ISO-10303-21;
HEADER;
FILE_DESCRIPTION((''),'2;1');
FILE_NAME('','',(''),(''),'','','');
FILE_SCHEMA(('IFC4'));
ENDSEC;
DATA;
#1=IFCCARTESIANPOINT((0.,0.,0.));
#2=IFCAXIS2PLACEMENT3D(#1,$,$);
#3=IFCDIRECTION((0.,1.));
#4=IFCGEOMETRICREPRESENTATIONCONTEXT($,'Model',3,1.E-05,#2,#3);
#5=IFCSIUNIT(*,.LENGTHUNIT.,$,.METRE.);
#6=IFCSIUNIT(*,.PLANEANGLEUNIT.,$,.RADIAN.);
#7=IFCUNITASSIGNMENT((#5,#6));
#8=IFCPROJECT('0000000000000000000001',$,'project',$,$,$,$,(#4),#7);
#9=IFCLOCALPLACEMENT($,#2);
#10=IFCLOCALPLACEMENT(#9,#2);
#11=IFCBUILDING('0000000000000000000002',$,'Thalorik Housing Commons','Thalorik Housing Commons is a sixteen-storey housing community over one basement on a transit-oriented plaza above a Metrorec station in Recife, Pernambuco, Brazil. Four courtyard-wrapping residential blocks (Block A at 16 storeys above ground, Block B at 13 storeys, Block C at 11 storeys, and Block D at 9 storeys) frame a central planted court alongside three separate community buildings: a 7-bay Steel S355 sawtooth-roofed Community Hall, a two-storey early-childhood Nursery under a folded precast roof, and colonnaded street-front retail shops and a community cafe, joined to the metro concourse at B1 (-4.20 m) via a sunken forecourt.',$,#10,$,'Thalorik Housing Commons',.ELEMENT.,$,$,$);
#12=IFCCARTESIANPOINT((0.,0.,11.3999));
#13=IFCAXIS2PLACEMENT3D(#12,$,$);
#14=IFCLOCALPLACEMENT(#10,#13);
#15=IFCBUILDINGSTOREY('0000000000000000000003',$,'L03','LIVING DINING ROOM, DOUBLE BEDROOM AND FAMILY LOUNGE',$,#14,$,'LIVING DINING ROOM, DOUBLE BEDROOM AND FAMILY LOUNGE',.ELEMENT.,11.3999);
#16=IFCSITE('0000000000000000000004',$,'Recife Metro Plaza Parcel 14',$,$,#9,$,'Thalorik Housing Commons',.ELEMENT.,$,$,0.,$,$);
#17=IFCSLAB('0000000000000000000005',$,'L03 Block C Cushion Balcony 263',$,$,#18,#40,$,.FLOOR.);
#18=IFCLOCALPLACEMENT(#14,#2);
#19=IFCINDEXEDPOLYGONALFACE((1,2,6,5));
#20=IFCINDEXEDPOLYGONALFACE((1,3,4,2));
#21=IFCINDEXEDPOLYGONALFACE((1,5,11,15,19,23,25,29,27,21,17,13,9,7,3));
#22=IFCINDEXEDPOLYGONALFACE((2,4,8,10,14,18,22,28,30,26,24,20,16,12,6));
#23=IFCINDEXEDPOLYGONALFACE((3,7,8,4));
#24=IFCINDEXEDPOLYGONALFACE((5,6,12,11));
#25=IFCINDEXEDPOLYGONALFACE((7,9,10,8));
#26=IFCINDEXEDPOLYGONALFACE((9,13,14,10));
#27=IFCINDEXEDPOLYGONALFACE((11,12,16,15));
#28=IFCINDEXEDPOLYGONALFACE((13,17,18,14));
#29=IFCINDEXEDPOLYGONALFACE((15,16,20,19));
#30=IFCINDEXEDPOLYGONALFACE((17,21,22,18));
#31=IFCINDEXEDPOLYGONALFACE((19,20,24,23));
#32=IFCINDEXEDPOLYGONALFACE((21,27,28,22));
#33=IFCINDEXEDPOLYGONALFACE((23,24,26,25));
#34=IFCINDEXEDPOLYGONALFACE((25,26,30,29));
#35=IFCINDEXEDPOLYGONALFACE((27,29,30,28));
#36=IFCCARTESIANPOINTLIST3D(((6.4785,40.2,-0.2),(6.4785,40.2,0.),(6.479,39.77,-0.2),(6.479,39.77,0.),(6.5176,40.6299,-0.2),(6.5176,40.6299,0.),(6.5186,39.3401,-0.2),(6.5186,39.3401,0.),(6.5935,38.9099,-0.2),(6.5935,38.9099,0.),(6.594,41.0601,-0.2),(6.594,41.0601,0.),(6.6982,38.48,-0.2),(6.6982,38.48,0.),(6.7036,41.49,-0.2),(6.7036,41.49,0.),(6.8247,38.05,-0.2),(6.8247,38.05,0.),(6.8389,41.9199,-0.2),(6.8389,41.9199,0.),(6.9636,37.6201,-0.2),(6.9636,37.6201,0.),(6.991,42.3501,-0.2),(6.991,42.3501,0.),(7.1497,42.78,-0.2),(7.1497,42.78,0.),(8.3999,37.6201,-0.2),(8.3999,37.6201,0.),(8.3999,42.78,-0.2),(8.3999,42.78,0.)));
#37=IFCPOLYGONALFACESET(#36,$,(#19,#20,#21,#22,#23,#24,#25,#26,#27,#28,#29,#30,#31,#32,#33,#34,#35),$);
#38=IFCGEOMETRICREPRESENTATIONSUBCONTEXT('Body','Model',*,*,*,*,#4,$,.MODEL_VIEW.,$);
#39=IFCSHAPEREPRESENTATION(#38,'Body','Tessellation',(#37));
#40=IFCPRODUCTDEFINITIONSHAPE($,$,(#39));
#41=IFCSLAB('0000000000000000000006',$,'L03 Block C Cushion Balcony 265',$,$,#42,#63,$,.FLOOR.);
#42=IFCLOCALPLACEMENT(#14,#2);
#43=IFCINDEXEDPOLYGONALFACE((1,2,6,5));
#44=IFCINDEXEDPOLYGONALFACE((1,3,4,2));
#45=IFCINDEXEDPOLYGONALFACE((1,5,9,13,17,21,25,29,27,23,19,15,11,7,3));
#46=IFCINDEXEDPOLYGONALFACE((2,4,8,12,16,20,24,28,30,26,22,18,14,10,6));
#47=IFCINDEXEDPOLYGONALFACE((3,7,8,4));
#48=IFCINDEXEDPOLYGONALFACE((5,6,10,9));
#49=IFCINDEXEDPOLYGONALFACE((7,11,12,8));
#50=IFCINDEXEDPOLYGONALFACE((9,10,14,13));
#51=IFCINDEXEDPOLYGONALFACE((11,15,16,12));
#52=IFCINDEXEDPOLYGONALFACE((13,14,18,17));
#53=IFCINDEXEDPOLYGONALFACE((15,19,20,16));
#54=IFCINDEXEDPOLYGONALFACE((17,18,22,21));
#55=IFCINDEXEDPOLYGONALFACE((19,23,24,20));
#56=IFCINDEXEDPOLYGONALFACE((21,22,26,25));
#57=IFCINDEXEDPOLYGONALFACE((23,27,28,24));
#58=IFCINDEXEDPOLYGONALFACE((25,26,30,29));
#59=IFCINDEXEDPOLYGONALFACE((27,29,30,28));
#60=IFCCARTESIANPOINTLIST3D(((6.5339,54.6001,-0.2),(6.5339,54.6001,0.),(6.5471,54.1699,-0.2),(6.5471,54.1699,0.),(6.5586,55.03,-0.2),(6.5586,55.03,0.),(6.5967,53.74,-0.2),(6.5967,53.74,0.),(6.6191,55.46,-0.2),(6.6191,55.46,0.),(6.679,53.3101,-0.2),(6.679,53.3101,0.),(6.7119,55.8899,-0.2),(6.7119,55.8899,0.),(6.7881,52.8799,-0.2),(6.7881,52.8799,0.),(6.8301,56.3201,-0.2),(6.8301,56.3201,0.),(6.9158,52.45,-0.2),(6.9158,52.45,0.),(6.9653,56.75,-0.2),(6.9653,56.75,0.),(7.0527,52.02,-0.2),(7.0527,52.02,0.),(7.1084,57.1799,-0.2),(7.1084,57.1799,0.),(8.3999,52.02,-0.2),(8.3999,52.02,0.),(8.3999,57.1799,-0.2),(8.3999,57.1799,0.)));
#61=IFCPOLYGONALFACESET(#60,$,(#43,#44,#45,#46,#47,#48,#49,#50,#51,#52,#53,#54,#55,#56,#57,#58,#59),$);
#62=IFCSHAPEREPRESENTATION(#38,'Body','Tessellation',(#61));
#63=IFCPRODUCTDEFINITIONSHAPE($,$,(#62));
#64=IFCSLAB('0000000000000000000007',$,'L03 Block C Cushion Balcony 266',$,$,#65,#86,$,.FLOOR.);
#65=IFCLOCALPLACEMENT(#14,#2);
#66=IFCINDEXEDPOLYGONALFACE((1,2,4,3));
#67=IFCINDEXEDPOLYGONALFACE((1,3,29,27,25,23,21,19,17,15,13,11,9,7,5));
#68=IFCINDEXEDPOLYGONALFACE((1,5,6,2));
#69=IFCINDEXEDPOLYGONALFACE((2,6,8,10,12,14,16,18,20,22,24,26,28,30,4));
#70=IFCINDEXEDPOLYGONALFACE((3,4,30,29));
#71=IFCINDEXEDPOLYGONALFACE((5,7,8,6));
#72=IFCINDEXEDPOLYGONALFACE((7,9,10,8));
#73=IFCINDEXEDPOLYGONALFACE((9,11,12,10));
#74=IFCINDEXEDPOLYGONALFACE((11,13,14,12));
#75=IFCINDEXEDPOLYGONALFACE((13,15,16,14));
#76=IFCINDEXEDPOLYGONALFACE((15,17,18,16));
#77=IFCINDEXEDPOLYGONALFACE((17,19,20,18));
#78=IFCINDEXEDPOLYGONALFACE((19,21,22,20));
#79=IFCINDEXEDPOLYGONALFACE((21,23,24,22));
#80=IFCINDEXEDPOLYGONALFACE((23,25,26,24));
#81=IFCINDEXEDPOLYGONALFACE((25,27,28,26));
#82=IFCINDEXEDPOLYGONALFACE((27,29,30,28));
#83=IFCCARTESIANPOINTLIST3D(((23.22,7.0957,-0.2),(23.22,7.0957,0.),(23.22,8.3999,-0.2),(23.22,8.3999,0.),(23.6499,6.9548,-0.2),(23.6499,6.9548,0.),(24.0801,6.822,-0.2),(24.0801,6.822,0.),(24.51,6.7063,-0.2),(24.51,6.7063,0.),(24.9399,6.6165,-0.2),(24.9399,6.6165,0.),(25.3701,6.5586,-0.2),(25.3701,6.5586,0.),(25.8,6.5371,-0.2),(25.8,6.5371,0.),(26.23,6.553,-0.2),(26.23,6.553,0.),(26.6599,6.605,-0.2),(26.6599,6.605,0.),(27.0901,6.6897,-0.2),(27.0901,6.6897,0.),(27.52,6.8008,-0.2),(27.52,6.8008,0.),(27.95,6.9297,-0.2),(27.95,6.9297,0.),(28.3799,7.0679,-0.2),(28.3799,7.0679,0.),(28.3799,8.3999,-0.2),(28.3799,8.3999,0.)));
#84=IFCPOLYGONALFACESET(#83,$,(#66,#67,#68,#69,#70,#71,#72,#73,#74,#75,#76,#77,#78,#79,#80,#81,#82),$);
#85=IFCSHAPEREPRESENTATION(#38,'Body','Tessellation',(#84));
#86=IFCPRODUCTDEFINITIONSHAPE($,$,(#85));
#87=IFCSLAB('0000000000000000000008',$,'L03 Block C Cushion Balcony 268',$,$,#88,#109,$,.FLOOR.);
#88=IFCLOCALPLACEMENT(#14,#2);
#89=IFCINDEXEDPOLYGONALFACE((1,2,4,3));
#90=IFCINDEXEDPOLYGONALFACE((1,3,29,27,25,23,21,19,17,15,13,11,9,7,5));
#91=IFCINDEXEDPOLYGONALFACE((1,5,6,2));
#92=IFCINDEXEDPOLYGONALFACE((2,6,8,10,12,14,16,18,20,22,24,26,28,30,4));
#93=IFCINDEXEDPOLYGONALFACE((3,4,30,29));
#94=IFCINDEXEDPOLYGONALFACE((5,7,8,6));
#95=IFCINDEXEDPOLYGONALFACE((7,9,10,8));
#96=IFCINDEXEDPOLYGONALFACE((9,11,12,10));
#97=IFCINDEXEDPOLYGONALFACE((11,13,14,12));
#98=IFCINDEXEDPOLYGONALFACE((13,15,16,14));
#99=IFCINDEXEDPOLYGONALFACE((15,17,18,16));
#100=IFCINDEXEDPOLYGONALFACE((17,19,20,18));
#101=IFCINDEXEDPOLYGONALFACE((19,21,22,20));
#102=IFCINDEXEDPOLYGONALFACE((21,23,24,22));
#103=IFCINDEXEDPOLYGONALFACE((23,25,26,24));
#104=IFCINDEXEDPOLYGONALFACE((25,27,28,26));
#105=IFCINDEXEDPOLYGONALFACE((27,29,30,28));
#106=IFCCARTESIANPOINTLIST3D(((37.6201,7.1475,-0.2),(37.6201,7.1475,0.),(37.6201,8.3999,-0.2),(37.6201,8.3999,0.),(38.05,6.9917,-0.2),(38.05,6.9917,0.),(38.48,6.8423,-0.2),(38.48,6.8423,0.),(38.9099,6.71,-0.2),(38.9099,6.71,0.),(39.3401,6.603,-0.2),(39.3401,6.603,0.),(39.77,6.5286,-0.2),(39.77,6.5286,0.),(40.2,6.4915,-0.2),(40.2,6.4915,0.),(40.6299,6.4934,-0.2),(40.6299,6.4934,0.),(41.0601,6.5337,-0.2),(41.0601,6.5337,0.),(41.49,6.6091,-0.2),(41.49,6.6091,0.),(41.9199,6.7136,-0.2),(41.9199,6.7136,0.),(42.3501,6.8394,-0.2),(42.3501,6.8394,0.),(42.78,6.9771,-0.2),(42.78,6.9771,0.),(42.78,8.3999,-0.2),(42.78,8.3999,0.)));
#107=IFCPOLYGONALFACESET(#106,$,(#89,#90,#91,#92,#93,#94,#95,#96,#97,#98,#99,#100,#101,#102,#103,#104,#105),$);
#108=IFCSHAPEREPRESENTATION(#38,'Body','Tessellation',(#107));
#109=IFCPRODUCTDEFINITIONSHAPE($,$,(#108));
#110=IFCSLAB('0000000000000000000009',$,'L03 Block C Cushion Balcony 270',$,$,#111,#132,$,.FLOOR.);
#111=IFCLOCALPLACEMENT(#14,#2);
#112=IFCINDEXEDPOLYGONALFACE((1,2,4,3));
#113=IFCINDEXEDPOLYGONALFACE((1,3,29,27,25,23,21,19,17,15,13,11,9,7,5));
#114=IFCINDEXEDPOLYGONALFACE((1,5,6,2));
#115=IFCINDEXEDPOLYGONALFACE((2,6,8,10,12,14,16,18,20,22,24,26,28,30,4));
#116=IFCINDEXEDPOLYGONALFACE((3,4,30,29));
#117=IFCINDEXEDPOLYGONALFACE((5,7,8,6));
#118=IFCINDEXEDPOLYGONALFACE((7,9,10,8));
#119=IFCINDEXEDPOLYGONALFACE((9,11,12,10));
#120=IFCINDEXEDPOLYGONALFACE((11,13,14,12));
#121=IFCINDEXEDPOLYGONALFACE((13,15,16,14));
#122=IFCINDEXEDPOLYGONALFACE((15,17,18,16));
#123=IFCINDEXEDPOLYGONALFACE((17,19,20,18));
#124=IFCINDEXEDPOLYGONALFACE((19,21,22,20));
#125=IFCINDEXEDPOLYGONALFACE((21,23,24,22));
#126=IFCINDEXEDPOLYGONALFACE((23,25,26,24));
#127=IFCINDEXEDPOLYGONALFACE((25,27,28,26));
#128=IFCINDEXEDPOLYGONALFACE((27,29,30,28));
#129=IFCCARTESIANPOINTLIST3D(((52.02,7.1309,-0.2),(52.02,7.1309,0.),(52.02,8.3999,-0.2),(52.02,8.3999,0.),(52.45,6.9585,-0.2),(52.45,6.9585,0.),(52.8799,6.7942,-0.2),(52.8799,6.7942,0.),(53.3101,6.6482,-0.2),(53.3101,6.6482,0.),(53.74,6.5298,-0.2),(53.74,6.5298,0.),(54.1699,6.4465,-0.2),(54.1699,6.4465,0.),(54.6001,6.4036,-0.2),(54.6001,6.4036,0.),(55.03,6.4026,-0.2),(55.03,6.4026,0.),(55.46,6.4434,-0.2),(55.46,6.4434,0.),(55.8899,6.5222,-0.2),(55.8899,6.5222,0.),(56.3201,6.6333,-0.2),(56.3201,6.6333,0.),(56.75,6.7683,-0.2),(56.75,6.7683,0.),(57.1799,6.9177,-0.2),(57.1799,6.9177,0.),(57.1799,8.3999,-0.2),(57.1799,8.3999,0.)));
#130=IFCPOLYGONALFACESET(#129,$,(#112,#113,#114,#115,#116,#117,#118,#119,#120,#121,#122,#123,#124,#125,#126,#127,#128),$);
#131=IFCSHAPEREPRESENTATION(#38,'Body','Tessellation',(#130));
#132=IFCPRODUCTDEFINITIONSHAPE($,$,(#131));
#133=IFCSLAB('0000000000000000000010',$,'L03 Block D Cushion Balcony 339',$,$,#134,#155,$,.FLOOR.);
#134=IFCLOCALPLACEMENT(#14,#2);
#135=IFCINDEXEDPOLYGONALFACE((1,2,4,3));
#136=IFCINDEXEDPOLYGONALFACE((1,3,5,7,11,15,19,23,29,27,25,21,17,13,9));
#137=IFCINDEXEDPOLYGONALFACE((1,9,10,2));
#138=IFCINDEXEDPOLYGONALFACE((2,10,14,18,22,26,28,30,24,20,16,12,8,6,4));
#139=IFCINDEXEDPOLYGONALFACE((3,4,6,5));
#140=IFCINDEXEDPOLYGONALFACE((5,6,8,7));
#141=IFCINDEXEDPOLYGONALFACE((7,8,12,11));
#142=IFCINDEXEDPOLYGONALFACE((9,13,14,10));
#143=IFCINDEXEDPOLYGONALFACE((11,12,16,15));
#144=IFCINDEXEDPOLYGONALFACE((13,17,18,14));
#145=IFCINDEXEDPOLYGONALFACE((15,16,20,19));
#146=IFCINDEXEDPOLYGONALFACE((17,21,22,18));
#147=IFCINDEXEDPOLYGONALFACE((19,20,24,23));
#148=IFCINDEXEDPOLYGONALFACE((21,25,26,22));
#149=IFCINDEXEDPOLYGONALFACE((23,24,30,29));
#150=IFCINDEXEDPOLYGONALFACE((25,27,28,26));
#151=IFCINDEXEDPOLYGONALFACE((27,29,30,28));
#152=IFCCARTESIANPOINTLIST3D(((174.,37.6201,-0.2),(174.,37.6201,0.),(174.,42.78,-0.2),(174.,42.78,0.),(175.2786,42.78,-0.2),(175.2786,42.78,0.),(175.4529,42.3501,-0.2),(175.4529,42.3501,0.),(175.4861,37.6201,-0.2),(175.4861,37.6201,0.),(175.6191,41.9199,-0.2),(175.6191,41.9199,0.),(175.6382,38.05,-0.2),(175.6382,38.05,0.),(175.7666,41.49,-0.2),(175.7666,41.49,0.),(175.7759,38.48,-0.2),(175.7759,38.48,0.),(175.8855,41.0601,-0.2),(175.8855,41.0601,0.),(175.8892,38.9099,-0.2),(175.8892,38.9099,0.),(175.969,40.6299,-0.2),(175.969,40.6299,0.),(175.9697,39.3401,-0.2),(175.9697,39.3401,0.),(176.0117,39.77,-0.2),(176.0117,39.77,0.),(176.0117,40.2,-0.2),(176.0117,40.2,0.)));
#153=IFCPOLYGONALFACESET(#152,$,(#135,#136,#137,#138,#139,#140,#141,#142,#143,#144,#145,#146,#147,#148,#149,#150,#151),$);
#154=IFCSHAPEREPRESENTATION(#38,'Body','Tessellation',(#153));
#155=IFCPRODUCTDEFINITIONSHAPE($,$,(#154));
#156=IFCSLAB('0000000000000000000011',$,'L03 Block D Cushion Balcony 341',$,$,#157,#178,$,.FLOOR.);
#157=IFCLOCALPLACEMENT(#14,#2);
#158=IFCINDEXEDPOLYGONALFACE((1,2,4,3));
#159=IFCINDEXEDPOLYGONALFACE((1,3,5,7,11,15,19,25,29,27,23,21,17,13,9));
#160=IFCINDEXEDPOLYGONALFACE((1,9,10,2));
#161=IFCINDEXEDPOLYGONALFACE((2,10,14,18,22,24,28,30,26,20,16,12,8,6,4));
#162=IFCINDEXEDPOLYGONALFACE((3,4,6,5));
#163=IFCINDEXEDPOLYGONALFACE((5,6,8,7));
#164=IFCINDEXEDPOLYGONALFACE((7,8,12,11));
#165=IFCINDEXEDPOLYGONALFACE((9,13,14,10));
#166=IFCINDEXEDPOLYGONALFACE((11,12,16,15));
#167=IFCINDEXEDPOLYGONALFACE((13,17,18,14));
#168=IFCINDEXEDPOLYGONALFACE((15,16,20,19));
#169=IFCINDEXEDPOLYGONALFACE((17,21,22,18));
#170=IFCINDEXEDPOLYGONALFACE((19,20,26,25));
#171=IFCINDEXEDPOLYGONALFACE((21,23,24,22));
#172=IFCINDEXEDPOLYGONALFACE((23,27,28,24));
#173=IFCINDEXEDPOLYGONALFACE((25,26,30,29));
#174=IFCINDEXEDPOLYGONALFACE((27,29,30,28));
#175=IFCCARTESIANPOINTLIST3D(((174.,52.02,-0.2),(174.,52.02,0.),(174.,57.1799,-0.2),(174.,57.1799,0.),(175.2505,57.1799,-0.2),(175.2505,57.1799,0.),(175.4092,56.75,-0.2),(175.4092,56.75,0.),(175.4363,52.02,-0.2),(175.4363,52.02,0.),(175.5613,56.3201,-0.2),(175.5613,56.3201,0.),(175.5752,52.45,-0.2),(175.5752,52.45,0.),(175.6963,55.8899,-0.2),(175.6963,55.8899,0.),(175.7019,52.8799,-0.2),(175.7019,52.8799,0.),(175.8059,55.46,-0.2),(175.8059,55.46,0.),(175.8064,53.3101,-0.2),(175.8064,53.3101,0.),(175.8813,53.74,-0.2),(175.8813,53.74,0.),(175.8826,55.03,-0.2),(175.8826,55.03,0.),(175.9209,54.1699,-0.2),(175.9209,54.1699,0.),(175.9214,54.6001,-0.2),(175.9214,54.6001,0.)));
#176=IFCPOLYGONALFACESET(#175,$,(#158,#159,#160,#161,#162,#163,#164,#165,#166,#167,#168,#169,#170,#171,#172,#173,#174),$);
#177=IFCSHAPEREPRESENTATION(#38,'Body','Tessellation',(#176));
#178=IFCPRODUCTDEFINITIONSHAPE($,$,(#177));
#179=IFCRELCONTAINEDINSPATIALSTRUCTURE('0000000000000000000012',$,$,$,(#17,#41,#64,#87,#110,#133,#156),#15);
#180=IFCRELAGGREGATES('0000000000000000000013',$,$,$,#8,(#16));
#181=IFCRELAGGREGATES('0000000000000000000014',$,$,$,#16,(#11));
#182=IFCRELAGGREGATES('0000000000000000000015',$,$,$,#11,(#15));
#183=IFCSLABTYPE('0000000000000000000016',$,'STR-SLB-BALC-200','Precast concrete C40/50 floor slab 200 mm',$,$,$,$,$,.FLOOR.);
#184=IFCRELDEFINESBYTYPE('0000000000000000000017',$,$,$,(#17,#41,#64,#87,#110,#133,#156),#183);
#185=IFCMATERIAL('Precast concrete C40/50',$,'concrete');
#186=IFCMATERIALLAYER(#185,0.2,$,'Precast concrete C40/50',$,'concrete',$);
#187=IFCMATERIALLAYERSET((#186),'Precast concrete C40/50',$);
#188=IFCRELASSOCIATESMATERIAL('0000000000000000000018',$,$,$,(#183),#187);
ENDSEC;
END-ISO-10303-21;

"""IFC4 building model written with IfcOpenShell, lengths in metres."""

from ifc_helpers import new_model, si_unit, direction, frame, origin, place, context, subcontext, project, spatial, polyline, outline, extrude, material, layer, layer_set, type_object, element, save


model = new_model("IFC4")

# Units and contexts
model_context = context("Model", 3, precision=1e-05, world=origin(), true_north=direction((0.0, 1.0)))
body_context = subcontext(model_context, "Body", "Model", "MODEL_VIEW")
ifc_project = project(units=[si_unit("LENGTHUNIT", "METRE"), si_unit("PLANEANGLEUNIT", "RADIAN")], contexts=[model_context])

# Site, building, storey
site_placement = place(None, origin())
site = spatial("IfcSite", under=ifc_project, at=site_placement, Name="Recife Metro Plaza Parcel 14", LongName="Thalorik Housing Commons", CompositionType="ELEMENT", RefElevation=0.0)
building_placement = place(site_placement, origin())
building = spatial("IfcBuilding", under=site, at=building_placement, Name="Thalorik Housing Commons", Description="Thalorik Housing Commons is a sixteen-storey housing community over one basement on a transit-oriented plaza above a Metrorec station in Recife, Pernambuco, Brazil. Four courtyard-wrapping residential blocks (Block A at 16 storeys above ground, Block B at 13 storeys, Block C at 11 storeys, and Block D at 9 storeys) frame a central planted court alongside three separate community buildings: a 7-bay Steel S355 sawtooth-roofed Community Hall, a two-storey early-childhood Nursery under a folded precast roof, and colonnaded street-front retail shops and a community cafe, joined to the metro concourse at B1 (-4.20 m) via a sunken forecourt.", LongName="Thalorik Housing Commons", CompositionType="ELEMENT")
storey_placement = place(building_placement, frame((0.0, 0.0, 11.3999)))
storey = spatial("IfcBuildingStorey", under=building, at=storey_placement, Name="L03", Description="LIVING DINING ROOM, DOUBLE BEDROOM AND FAMILY LOUNGE", LongName="LIVING DINING ROOM, DOUBLE BEDROOM AND FAMILY LOUNGE", CompositionType="ELEMENT", Elevation=11.3999)

# Slabs
ifc_material_1 = material(Name="Precast concrete C40/50", Category="concrete")
ifc_layer_1 = layer(ifc_material_1, 0.2, Name="Precast concrete C40/50", Category="concrete")
ifc_layer_set_1 = layer_set([ifc_layer_1], Name="Precast concrete C40/50")
slab_type_1 = type_object("IfcSlabType", Name="STR-SLB-BALC-200", Description="Precast concrete C40/50 floor slab 200 mm", PredefinedType="FLOOR", material=ifc_layer_set_1)
slab_1_placement = place(storey_placement, frame((0.0, 0.0, -0.2)))
element("IfcSlab", 1, at=slab_1_placement, inside=storey, type_object=slab_type_1, Name="L03 Block C Cushion Balcony 263", PredefinedType="FLOOR", context=body_context, shape_type="SweptSolid", body=[
    extrude(outline(polyline([(8.3999, 37.6201), (8.3999, 42.78), (7.1497, 42.78), (6.991, 42.3501), (6.8389, 41.9199), (6.7036, 41.49), (6.594, 41.0601), (6.5176, 40.6299), (6.4785, 40.2), (6.479, 39.77), (6.5186, 39.3401), (6.5935, 38.9099), (6.6982, 38.48), (6.8247, 38.05), (6.9636, 37.6201), (8.3999, 37.6201)])), origin(), (0.0, 0.0, 1.0), 0.2),
])
slab_2_placement = place(storey_placement, frame((0.0, 0.0, -0.2)))
element("IfcSlab", 2, at=slab_2_placement, inside=storey, type_object=slab_type_1, Name="L03 Block C Cushion Balcony 265", PredefinedType="FLOOR", context=body_context, shape_type="SweptSolid", body=[
    extrude(outline(polyline([(8.3999, 52.02), (8.3999, 57.1799), (7.1084, 57.1799), (6.9653, 56.75), (6.8301, 56.3201), (6.7119, 55.8899), (6.6191, 55.46), (6.5586, 55.03), (6.5339, 54.6001), (6.5471, 54.1699), (6.5967, 53.74), (6.679, 53.3101), (6.7881, 52.8799), (6.9158, 52.45), (7.0527, 52.02), (8.3999, 52.02)])), origin(), (0.0, 0.0, 1.0), 0.2),
])
slab_3_placement = place(storey_placement, frame((0.0, 0.0, -0.2)))
element("IfcSlab", 3, at=slab_3_placement, inside=storey, type_object=slab_type_1, Name="L03 Block C Cushion Balcony 266", PredefinedType="FLOOR", context=body_context, shape_type="SweptSolid", body=[
    extrude(outline(polyline([(23.22, 7.0957), (23.6499, 6.9548), (24.0801, 6.822), (24.51, 6.7063), (24.9399, 6.6165), (25.3701, 6.5586), (25.8, 6.5371), (26.23, 6.553), (26.6599, 6.605), (27.0901, 6.6897), (27.52, 6.8008), (27.95, 6.9297), (28.3799, 7.0679), (28.3799, 8.3999), (23.22, 8.3999), (23.22, 7.0957)])), origin(), (0.0, 0.0, 1.0), 0.2),
])
slab_4_placement = place(storey_placement, frame((0.0, 0.0, -0.2)))
element("IfcSlab", 4, at=slab_4_placement, inside=storey, type_object=slab_type_1, Name="L03 Block C Cushion Balcony 268", PredefinedType="FLOOR", context=body_context, shape_type="SweptSolid", body=[
    extrude(outline(polyline([(37.6201, 7.1475), (38.05, 6.9917), (38.48, 6.8423), (38.9099, 6.71), (39.3401, 6.603), (39.77, 6.5286), (40.2, 6.4915), (40.6299, 6.4934), (41.0601, 6.5337), (41.49, 6.6091), (41.9199, 6.7136), (42.3501, 6.8394), (42.78, 6.9771), (42.78, 8.3999), (37.6201, 8.3999), (37.6201, 7.1475)])), origin(), (0.0, 0.0, 1.0), 0.2),
])
slab_5_placement = place(storey_placement, frame((0.0, 0.0, -0.2)))
element("IfcSlab", 5, at=slab_5_placement, inside=storey, type_object=slab_type_1, Name="L03 Block C Cushion Balcony 270", PredefinedType="FLOOR", context=body_context, shape_type="SweptSolid", body=[
    extrude(outline(polyline([(52.02, 7.1309), (52.45, 6.9585), (52.8799, 6.7942), (53.3101, 6.6482), (53.74, 6.5298), (54.1699, 6.4465), (54.6001, 6.4036), (55.03, 6.4026), (55.46, 6.4434), (55.8899, 6.5222), (56.3201, 6.6333), (56.75, 6.7683), (57.1799, 6.9177), (57.1799, 8.3999), (52.02, 8.3999), (52.02, 7.1309)])), origin(), (0.0, 0.0, 1.0), 0.2),
])
slab_6_placement = place(storey_placement, frame((0.0, 0.0, -0.2)))
element("IfcSlab", 6, at=slab_6_placement, inside=storey, type_object=slab_type_1, Name="L03 Block D Cushion Balcony 339", PredefinedType="FLOOR", context=body_context, shape_type="SweptSolid", body=[
    extrude(outline(polyline([(175.4861, 37.6201), (175.6382, 38.05), (175.7759, 38.48), (175.8892, 38.9099), (175.9697, 39.3401), (176.0117, 39.77), (176.0117, 40.2), (175.969, 40.6299), (175.8855, 41.0601), (175.7666, 41.49), (175.6191, 41.9199), (175.4529, 42.3501), (175.2786, 42.78), (174.0, 42.78), (174.0, 37.6201), (175.4861, 37.6201)])), origin(), (0.0, 0.0, 1.0), 0.2),
])
slab_7_placement = place(storey_placement, frame((0.0, 0.0, -0.2)))
element("IfcSlab", 7, at=slab_7_placement, inside=storey, type_object=slab_type_1, Name="L03 Block D Cushion Balcony 341", PredefinedType="FLOOR", context=body_context, shape_type="SweptSolid", body=[
    extrude(outline(polyline([(175.4363, 52.02), (175.5752, 52.45), (175.7019, 52.8799), (175.8064, 53.3101), (175.8813, 53.74), (175.9209, 54.1699), (175.9214, 54.6001), (175.8826, 55.03), (175.8059, 55.46), (175.6963, 55.8899), (175.5613, 56.3201), (175.4092, 56.75), (175.2505, 57.1799), (174.0, 57.1799), (174.0, 52.02), (175.4363, 52.02)])), origin(), (0.0, 0.0, 1.0), 0.2),
])

save(model, "model.ifc")
